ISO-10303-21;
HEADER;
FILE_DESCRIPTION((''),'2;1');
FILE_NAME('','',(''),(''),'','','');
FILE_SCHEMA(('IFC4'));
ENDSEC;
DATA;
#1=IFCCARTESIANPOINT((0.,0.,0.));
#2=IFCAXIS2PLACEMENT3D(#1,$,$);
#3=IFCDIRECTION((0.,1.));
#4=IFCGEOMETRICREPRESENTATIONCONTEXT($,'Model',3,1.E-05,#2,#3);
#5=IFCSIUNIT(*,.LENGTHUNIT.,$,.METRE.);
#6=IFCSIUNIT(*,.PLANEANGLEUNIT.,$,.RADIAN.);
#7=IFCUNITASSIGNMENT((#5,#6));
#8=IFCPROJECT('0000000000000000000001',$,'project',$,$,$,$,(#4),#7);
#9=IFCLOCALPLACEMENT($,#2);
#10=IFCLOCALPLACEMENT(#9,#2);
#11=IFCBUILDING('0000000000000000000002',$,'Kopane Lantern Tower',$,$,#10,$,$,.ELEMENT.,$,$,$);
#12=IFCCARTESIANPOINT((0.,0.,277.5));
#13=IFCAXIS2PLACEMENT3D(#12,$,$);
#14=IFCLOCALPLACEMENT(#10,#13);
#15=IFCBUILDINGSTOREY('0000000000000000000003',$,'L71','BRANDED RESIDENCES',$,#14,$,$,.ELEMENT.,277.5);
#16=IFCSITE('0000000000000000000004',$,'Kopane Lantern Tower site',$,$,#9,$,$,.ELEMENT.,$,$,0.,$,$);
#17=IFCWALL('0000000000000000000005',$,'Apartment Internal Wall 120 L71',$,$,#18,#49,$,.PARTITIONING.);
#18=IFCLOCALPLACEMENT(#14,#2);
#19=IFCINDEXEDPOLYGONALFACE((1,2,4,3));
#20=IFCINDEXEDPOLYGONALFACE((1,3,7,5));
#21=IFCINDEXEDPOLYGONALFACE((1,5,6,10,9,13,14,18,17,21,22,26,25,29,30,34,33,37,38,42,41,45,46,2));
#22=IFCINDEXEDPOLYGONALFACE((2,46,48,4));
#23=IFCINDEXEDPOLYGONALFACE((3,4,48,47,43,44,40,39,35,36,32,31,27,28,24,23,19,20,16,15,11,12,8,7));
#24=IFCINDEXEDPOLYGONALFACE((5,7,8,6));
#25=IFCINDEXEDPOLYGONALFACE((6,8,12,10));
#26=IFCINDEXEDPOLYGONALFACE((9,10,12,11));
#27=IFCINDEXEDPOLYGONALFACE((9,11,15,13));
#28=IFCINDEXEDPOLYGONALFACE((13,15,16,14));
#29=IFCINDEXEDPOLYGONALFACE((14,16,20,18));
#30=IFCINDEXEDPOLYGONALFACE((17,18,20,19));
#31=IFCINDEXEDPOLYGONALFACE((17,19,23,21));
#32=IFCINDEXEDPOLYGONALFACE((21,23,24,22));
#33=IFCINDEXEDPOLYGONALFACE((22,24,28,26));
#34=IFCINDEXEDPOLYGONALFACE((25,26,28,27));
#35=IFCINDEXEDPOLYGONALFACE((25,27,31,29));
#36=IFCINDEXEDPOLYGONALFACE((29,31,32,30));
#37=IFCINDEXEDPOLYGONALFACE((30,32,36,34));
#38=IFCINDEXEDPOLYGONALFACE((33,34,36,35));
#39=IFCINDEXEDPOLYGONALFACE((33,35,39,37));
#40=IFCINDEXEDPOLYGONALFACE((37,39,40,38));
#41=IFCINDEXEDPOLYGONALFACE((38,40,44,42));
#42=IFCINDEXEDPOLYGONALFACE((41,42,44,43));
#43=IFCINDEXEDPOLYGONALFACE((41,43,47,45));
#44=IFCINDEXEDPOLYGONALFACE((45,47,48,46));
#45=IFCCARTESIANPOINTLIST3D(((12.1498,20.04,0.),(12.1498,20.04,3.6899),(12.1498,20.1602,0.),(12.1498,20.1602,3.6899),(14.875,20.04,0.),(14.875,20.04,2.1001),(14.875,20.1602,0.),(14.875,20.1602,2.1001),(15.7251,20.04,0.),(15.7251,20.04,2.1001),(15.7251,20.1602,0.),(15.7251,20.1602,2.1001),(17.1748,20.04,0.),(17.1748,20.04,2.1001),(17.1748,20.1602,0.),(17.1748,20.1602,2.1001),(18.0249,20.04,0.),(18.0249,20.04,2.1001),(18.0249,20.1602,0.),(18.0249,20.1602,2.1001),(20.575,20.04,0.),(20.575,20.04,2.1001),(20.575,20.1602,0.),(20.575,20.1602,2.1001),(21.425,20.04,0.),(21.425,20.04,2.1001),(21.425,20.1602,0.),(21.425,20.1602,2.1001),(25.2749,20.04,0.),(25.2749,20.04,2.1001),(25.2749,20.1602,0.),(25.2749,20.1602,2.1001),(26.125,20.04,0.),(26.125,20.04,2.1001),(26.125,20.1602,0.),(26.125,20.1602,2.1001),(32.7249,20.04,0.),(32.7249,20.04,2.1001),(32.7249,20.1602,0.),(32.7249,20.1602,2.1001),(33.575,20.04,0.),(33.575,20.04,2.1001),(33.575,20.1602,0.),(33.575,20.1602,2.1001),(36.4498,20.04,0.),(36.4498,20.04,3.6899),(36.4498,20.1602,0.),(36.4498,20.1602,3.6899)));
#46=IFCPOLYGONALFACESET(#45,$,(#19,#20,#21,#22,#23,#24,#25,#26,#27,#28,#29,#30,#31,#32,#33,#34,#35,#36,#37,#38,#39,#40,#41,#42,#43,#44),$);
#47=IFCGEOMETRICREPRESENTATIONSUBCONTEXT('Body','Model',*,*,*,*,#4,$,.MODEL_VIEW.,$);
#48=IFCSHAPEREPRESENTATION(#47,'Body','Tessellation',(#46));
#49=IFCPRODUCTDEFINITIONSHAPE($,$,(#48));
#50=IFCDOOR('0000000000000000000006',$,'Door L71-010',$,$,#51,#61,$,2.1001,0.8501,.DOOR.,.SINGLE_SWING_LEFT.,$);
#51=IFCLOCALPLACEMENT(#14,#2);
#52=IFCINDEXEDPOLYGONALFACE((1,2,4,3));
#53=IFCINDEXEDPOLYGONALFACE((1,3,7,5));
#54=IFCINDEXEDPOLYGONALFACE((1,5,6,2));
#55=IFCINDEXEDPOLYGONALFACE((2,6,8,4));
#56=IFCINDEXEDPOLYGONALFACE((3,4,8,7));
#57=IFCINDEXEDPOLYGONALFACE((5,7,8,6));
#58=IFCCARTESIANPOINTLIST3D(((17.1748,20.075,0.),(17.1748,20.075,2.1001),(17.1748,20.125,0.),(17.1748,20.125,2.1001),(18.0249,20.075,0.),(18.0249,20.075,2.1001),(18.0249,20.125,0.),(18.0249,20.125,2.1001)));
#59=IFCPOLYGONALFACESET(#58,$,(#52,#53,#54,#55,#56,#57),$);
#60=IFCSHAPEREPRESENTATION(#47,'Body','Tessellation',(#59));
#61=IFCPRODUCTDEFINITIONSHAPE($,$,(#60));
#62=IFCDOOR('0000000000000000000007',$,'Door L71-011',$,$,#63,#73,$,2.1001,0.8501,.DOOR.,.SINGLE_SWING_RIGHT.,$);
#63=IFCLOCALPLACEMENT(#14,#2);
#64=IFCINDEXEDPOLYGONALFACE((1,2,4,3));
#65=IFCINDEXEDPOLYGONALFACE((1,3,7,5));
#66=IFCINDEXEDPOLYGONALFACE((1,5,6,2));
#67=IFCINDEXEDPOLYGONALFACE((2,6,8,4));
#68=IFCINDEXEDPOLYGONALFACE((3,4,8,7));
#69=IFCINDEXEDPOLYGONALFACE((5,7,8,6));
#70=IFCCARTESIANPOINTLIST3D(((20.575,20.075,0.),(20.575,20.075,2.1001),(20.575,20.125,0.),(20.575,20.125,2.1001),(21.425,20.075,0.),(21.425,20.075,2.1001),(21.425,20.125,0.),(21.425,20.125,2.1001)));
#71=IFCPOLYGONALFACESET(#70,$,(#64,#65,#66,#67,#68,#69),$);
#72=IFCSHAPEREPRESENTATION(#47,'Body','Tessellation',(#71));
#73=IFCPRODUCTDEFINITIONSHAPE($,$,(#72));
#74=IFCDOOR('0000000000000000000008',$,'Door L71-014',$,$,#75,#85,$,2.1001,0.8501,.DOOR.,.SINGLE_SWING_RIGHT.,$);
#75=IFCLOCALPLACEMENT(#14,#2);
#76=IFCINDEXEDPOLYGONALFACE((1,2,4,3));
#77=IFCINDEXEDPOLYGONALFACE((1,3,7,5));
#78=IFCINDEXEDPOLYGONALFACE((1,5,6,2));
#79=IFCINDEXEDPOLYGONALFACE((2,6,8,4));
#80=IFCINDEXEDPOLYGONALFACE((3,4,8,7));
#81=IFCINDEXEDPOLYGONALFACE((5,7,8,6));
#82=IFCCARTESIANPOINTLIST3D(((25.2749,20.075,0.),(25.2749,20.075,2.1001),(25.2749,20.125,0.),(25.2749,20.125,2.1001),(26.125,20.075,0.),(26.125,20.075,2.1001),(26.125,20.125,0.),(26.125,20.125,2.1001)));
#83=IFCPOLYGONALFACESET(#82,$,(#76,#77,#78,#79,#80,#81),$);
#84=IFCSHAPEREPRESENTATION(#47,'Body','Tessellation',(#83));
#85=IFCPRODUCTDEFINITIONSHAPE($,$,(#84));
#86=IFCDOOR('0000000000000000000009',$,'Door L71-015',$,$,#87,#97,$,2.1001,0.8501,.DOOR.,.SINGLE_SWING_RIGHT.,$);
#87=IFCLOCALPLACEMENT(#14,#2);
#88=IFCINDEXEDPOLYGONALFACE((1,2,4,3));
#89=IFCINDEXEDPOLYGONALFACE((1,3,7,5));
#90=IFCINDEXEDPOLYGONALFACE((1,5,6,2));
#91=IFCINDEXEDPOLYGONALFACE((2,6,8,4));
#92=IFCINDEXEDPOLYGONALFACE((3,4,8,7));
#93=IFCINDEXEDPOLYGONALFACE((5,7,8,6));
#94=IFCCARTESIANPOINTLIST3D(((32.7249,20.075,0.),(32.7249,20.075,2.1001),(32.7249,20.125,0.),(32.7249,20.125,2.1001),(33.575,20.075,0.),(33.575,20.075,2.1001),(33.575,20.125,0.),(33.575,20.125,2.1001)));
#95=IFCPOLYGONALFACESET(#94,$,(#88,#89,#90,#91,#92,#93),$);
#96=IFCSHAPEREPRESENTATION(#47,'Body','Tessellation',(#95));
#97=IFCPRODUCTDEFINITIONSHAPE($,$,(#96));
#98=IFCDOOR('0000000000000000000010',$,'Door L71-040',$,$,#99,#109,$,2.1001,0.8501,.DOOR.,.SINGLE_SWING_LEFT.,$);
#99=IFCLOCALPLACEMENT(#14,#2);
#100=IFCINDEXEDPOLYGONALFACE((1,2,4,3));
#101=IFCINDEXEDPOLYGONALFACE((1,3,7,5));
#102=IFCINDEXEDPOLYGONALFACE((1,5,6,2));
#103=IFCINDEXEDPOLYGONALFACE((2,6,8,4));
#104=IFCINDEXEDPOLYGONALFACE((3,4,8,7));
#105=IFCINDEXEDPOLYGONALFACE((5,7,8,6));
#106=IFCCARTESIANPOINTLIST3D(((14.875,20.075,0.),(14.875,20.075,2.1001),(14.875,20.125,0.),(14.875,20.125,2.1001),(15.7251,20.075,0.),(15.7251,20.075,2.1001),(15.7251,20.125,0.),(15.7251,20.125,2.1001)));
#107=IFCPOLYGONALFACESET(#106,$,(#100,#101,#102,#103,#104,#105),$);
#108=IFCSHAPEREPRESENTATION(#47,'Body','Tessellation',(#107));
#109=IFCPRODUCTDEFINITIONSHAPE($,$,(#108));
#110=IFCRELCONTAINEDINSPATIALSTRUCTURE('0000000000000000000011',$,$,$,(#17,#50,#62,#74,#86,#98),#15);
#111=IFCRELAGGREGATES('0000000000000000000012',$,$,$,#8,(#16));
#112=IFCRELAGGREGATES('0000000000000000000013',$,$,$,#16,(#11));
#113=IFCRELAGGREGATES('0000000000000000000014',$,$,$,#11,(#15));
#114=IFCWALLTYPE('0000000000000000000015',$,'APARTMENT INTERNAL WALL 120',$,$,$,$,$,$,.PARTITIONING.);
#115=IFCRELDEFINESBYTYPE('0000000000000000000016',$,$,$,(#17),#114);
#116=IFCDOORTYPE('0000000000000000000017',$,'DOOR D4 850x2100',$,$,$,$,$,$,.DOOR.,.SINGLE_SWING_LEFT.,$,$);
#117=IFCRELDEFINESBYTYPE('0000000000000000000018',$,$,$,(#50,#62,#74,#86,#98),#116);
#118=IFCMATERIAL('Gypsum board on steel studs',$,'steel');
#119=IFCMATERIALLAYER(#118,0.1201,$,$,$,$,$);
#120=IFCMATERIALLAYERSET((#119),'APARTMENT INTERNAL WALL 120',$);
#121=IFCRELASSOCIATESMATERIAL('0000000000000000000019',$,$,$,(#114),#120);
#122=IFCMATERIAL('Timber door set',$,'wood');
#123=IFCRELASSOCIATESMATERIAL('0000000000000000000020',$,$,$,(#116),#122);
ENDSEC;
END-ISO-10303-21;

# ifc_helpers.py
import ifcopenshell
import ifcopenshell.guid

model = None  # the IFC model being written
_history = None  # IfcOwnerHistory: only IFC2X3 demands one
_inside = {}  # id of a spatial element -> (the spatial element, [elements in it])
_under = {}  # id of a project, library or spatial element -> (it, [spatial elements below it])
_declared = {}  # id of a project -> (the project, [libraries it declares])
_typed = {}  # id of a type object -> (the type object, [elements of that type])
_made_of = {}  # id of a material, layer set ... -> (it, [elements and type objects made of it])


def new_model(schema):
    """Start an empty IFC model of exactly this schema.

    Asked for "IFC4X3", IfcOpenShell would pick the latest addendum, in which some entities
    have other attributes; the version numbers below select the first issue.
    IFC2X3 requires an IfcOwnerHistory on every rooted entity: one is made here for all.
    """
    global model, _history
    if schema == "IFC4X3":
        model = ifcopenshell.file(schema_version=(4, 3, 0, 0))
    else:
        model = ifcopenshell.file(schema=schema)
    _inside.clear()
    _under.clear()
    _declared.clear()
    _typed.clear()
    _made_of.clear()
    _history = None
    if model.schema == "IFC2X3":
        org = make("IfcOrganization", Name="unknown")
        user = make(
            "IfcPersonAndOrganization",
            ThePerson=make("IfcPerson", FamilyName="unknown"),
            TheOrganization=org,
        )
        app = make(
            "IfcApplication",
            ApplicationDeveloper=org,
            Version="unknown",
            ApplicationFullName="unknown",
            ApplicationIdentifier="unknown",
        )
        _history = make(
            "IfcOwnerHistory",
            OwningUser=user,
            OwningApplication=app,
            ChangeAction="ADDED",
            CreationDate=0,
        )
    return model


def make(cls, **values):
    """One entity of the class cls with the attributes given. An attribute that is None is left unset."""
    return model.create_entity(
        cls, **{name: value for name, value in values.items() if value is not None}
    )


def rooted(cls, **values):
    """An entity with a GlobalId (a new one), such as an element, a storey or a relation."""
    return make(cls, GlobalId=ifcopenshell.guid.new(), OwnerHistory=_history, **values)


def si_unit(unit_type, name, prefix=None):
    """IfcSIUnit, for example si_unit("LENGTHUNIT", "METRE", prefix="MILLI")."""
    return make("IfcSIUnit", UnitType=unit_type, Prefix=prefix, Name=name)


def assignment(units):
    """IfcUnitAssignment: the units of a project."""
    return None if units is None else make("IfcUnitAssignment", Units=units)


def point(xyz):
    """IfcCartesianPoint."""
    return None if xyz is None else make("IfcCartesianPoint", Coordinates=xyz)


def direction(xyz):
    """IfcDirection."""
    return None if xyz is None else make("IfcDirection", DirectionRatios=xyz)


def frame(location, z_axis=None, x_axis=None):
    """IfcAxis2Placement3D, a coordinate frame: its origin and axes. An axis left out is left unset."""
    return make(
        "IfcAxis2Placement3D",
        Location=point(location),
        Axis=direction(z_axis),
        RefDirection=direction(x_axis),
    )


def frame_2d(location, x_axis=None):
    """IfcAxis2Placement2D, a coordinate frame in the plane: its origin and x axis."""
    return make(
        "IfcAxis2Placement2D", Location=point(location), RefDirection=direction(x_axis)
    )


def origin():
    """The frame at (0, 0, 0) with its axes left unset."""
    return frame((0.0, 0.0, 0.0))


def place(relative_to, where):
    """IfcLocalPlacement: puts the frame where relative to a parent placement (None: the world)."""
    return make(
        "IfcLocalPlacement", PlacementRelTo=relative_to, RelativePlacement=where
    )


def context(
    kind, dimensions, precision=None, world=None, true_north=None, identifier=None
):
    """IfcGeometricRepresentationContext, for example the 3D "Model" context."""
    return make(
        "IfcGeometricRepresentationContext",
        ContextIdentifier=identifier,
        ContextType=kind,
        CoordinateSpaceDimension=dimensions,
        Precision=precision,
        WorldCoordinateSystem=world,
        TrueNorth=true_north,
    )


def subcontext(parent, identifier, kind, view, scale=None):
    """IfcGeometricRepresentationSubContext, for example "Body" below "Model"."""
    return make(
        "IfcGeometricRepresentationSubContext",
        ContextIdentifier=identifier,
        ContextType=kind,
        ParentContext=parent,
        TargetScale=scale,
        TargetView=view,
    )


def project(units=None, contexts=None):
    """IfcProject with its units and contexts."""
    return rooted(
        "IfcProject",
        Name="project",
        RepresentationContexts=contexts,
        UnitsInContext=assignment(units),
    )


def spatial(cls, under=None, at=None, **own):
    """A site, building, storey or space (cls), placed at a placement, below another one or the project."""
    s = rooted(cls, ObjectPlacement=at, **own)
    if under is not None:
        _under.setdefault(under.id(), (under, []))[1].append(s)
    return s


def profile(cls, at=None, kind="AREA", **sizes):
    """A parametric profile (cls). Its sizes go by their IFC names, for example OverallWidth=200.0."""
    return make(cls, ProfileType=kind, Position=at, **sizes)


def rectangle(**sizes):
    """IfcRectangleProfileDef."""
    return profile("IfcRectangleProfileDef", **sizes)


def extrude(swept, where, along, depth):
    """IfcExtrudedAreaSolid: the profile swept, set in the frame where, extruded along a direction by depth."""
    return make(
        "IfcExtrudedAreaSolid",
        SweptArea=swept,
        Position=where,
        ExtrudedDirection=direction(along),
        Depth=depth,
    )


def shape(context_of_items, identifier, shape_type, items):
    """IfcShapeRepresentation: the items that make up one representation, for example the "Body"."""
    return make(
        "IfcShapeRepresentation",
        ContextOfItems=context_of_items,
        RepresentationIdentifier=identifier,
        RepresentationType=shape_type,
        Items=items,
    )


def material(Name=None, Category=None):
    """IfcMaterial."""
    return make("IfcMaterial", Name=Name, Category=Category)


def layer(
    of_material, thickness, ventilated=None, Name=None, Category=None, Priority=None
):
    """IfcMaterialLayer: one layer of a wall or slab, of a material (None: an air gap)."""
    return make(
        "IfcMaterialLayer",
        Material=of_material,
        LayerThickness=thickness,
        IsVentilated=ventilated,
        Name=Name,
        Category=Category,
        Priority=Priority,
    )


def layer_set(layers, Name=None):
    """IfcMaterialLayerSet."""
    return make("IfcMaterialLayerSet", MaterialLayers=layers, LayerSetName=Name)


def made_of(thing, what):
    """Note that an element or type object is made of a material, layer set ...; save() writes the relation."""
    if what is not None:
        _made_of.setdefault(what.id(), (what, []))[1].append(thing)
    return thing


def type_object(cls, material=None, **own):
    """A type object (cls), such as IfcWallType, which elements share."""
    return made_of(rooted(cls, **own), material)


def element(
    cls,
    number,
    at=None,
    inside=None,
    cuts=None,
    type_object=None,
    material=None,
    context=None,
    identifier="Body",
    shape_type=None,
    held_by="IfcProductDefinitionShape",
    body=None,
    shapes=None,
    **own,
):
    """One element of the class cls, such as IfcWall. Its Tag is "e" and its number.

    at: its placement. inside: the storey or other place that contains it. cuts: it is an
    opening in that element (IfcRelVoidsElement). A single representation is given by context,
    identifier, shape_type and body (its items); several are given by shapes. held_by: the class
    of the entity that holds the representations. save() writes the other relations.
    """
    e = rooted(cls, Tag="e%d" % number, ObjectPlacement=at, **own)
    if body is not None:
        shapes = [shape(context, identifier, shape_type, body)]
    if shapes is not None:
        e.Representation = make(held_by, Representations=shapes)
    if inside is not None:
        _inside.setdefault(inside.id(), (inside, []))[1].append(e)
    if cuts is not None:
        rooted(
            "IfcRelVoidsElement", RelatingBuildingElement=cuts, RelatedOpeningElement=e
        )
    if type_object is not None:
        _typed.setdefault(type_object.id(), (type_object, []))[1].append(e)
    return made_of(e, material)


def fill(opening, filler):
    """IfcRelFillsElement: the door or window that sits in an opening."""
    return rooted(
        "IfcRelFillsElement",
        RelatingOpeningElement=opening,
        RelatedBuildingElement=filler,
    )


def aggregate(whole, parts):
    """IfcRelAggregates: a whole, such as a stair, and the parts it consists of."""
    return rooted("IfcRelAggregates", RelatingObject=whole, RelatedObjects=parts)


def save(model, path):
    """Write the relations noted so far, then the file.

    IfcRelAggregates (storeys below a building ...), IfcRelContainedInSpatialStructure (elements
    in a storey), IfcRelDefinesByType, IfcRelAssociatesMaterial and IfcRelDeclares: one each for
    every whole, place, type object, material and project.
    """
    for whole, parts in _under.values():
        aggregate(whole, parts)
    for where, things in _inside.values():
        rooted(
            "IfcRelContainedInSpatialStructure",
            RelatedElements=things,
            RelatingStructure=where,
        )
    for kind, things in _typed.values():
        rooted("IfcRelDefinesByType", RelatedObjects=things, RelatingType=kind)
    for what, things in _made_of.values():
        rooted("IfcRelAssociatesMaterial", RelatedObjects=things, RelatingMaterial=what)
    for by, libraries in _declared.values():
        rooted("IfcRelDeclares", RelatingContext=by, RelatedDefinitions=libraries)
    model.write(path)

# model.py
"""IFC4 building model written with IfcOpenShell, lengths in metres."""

from ifc_helpers import new_model, si_unit, direction, frame, frame_2d, origin, place, context, subcontext, project, spatial, rectangle, extrude, material, layer, layer_set, type_object, element, fill, save


model = new_model("IFC4")

# Units and contexts
model_context = context("Model", 3, precision=1e-05, world=origin(), true_north=direction((0.0, 1.0)))
body_context = subcontext(model_context, "Body", "Model", "MODEL_VIEW")
ifc_project = project(units=[si_unit("LENGTHUNIT", "METRE"), si_unit("PLANEANGLEUNIT", "RADIAN")], contexts=[model_context])

# Site, building, storey
site_placement = place(None, origin())
site = spatial("IfcSite", under=ifc_project, at=site_placement, Name="Kopane Lantern Tower site", CompositionType="ELEMENT", RefElevation=0.0)
building_placement = place(site_placement, origin())
building = spatial("IfcBuilding", under=site, at=building_placement, Name="Kopane Lantern Tower", CompositionType="ELEMENT")
storey_placement = place(building_placement, frame((0.0, 0.0, 277.5)))
storey = spatial("IfcBuildingStorey", under=building, at=storey_placement, Name="L71", Description="BRANDED RESIDENCES", CompositionType="ELEMENT", Elevation=277.5)

# Wall, openings, doors
ifc_material_1 = material(Name="Gypsum board on steel studs", Category="steel")
ifc_layer_1 = layer(ifc_material_1, 0.1201)
ifc_layer_set_1 = layer_set([ifc_layer_1], Name="APARTMENT INTERNAL WALL 120")
wall_type_1 = type_object("IfcWallType", Name="APARTMENT INTERNAL WALL 120", PredefinedType="PARTITIONING", material=ifc_layer_set_1)
wall_1_placement = place(storey_placement, frame((12.1499, 20.1001, 0.0), z_axis=(0.0, 0.0, 1.0), x_axis=(1.0, 0.0, 0.0)))
wall_1 = element("IfcWall", 1, at=wall_1_placement, inside=storey, type_object=wall_type_1, Name="Apartment Internal Wall 120 L71", PredefinedType="PARTITIONING", context=body_context, shape_type="SweptSolid", body=[
    extrude(rectangle(XDim=24.3, YDim=0.1201, at=frame_2d((12.1499, 0.0))), origin(), (0.0, 0.0, 1.0), 3.6899),
])
opening_1_placement = place(wall_1_placement, frame((5.0249, 0.0, 0.0)))
opening_1 = element("IfcOpeningElement", 2, at=opening_1_placement, cuts=wall_1, PredefinedType="OPENING", context=body_context, shape_type="SweptSolid", body=[
    extrude(rectangle(XDim=0.8501, YDim=2.1001, at=frame_2d((0.425, 1.05))), frame((0.0, 0.0701, 0.0), z_axis=(0.0, -1.0, 0.0), x_axis=(1.0, 0.0, 0.0)), (0.0, 0.0, 1.0), 0.1401),
])
opening_2_placement = place(wall_1_placement, frame((8.425, 0.0, 0.0)))
opening_2 = element("IfcOpeningElement", 3, at=opening_2_placement, cuts=wall_1, PredefinedType="OPENING", context=body_context, shape_type="SweptSolid", body=[
    extrude(rectangle(XDim=0.8501, YDim=2.1001, at=frame_2d((0.425, 1.05))), frame((0.0, 0.0701, 0.0), z_axis=(0.0, -1.0, 0.0), x_axis=(1.0, 0.0, 0.0)), (0.0, 0.0, 1.0), 0.1401),
])
opening_3_placement = place(wall_1_placement, frame((13.125, 0.0, 0.0)))
opening_3 = element("IfcOpeningElement", 4, at=opening_3_placement, cuts=wall_1, PredefinedType="OPENING", context=body_context, shape_type="SweptSolid", body=[
    extrude(rectangle(XDim=0.8501, YDim=2.1001, at=frame_2d((0.425, 1.05))), frame((0.0, 0.0701, 0.0), z_axis=(0.0, -1.0, 0.0), x_axis=(1.0, 0.0, 0.0)), (0.0, 0.0, 1.0), 0.1401),
])
opening_4_placement = place(wall_1_placement, frame((20.575, 0.0, 0.0)))
opening_4 = element("IfcOpeningElement", 5, at=opening_4_placement, cuts=wall_1, PredefinedType="OPENING", context=body_context, shape_type="SweptSolid", body=[
    extrude(rectangle(XDim=0.8501, YDim=2.1001, at=frame_2d((0.425, 1.05))), frame((0.0, 0.0701, 0.0), z_axis=(0.0, -1.0, 0.0), x_axis=(1.0, 0.0, 0.0)), (0.0, 0.0, 1.0), 0.1401),
])
opening_5_placement = place(wall_1_placement, frame((2.7251, 0.0, 0.0)))
opening_5 = element("IfcOpeningElement", 6, at=opening_5_placement, cuts=wall_1, PredefinedType="OPENING", context=body_context, shape_type="SweptSolid", body=[
    extrude(rectangle(XDim=0.8501, YDim=2.1001, at=frame_2d((0.425, 1.05))), frame((0.0, 0.0701, 0.0), z_axis=(0.0, -1.0, 0.0), x_axis=(1.0, 0.0, 0.0)), (0.0, 0.0, 1.0), 0.1401),
])
ifc_material_2 = material(Name="Timber door set", Category="wood")
door_type = type_object("IfcDoorType", Name="DOOR D4 850x2100", OperationType="SINGLE_SWING_LEFT", PredefinedType="DOOR", material=ifc_material_2)
door_1_placement = place(opening_1_placement, origin())
door_1 = element("IfcDoor", 7, at=door_1_placement, inside=storey, type_object=door_type, Name="Door L71-010", OperationType="SINGLE_SWING_LEFT", OverallHeight=2.1001, OverallWidth=0.8501, PredefinedType="DOOR", context=body_context, shape_type="SweptSolid", body=[
    extrude(rectangle(XDim=0.8501, YDim=2.1001, at=frame_2d((0.425, 1.05))), frame((0.0, 0.0249, 0.0), z_axis=(0.0, -1.0, 0.0), x_axis=(1.0, 0.0, 0.0)), (0.0, 0.0, 1.0), 0.05),
])
fill(opening_1, door_1)
door_2_placement = place(opening_2_placement, origin())
door_2 = element("IfcDoor", 8, at=door_2_placement, inside=storey, type_object=door_type, Name="Door L71-011", OperationType="SINGLE_SWING_RIGHT", OverallHeight=2.1001, OverallWidth=0.8501, PredefinedType="DOOR", context=body_context, shape_type="SweptSolid", body=[
    extrude(rectangle(XDim=0.8501, YDim=2.1001, at=frame_2d((0.425, 1.05))), frame((0.0, 0.0249, 0.0), z_axis=(0.0, -1.0, 0.0), x_axis=(1.0, 0.0, 0.0)), (0.0, 0.0, 1.0), 0.05),
])
fill(opening_2, door_2)
door_3_placement = place(opening_3_placement, origin())
door_3 = element("IfcDoor", 9, at=door_3_placement, inside=storey, type_object=door_type, Name="Door L71-014", OperationType="SINGLE_SWING_RIGHT", OverallHeight=2.1001, OverallWidth=0.8501, PredefinedType="DOOR", context=body_context, shape_type="SweptSolid", body=[
    extrude(rectangle(XDim=0.8501, YDim=2.1001, at=frame_2d((0.425, 1.05))), frame((0.0, 0.0249, 0.0), z_axis=(0.0, -1.0, 0.0), x_axis=(1.0, 0.0, 0.0)), (0.0, 0.0, 1.0), 0.05),
])
fill(opening_3, door_3)
door_4_placement = place(opening_4_placement, origin())
door_4 = element("IfcDoor", 10, at=door_4_placement, inside=storey, type_object=door_type, Name="Door L71-015", OperationType="SINGLE_SWING_RIGHT", OverallHeight=2.1001, OverallWidth=0.8501, PredefinedType="DOOR", context=body_context, shape_type="SweptSolid", body=[
    extrude(rectangle(XDim=0.8501, YDim=2.1001, at=frame_2d((0.425, 1.05))), frame((0.0, 0.0249, 0.0), z_axis=(0.0, -1.0, 0.0), x_axis=(1.0, 0.0, 0.0)), (0.0, 0.0, 1.0), 0.05),
])
fill(opening_4, door_4)
door_5_placement = place(opening_5_placement, origin())
door_5 = element("IfcDoor", 11, at=door_5_placement, inside=storey, type_object=door_type, Name="Door L71-040", OperationType="SINGLE_SWING_LEFT", OverallHeight=2.1001, OverallWidth=0.8501, PredefinedType="DOOR", context=body_context, shape_type="SweptSolid", body=[
    extrude(rectangle(XDim=0.8501, YDim=2.1001, at=frame_2d((0.425, 1.05))), frame((0.0, 0.0249, 0.0), z_axis=(0.0, -1.0, 0.0), x_axis=(1.0, 0.0, 0.0)), (0.0, 0.0, 1.0), 0.05),
])
fill(opening_5, door_5)

save(model, "model.ifc")
